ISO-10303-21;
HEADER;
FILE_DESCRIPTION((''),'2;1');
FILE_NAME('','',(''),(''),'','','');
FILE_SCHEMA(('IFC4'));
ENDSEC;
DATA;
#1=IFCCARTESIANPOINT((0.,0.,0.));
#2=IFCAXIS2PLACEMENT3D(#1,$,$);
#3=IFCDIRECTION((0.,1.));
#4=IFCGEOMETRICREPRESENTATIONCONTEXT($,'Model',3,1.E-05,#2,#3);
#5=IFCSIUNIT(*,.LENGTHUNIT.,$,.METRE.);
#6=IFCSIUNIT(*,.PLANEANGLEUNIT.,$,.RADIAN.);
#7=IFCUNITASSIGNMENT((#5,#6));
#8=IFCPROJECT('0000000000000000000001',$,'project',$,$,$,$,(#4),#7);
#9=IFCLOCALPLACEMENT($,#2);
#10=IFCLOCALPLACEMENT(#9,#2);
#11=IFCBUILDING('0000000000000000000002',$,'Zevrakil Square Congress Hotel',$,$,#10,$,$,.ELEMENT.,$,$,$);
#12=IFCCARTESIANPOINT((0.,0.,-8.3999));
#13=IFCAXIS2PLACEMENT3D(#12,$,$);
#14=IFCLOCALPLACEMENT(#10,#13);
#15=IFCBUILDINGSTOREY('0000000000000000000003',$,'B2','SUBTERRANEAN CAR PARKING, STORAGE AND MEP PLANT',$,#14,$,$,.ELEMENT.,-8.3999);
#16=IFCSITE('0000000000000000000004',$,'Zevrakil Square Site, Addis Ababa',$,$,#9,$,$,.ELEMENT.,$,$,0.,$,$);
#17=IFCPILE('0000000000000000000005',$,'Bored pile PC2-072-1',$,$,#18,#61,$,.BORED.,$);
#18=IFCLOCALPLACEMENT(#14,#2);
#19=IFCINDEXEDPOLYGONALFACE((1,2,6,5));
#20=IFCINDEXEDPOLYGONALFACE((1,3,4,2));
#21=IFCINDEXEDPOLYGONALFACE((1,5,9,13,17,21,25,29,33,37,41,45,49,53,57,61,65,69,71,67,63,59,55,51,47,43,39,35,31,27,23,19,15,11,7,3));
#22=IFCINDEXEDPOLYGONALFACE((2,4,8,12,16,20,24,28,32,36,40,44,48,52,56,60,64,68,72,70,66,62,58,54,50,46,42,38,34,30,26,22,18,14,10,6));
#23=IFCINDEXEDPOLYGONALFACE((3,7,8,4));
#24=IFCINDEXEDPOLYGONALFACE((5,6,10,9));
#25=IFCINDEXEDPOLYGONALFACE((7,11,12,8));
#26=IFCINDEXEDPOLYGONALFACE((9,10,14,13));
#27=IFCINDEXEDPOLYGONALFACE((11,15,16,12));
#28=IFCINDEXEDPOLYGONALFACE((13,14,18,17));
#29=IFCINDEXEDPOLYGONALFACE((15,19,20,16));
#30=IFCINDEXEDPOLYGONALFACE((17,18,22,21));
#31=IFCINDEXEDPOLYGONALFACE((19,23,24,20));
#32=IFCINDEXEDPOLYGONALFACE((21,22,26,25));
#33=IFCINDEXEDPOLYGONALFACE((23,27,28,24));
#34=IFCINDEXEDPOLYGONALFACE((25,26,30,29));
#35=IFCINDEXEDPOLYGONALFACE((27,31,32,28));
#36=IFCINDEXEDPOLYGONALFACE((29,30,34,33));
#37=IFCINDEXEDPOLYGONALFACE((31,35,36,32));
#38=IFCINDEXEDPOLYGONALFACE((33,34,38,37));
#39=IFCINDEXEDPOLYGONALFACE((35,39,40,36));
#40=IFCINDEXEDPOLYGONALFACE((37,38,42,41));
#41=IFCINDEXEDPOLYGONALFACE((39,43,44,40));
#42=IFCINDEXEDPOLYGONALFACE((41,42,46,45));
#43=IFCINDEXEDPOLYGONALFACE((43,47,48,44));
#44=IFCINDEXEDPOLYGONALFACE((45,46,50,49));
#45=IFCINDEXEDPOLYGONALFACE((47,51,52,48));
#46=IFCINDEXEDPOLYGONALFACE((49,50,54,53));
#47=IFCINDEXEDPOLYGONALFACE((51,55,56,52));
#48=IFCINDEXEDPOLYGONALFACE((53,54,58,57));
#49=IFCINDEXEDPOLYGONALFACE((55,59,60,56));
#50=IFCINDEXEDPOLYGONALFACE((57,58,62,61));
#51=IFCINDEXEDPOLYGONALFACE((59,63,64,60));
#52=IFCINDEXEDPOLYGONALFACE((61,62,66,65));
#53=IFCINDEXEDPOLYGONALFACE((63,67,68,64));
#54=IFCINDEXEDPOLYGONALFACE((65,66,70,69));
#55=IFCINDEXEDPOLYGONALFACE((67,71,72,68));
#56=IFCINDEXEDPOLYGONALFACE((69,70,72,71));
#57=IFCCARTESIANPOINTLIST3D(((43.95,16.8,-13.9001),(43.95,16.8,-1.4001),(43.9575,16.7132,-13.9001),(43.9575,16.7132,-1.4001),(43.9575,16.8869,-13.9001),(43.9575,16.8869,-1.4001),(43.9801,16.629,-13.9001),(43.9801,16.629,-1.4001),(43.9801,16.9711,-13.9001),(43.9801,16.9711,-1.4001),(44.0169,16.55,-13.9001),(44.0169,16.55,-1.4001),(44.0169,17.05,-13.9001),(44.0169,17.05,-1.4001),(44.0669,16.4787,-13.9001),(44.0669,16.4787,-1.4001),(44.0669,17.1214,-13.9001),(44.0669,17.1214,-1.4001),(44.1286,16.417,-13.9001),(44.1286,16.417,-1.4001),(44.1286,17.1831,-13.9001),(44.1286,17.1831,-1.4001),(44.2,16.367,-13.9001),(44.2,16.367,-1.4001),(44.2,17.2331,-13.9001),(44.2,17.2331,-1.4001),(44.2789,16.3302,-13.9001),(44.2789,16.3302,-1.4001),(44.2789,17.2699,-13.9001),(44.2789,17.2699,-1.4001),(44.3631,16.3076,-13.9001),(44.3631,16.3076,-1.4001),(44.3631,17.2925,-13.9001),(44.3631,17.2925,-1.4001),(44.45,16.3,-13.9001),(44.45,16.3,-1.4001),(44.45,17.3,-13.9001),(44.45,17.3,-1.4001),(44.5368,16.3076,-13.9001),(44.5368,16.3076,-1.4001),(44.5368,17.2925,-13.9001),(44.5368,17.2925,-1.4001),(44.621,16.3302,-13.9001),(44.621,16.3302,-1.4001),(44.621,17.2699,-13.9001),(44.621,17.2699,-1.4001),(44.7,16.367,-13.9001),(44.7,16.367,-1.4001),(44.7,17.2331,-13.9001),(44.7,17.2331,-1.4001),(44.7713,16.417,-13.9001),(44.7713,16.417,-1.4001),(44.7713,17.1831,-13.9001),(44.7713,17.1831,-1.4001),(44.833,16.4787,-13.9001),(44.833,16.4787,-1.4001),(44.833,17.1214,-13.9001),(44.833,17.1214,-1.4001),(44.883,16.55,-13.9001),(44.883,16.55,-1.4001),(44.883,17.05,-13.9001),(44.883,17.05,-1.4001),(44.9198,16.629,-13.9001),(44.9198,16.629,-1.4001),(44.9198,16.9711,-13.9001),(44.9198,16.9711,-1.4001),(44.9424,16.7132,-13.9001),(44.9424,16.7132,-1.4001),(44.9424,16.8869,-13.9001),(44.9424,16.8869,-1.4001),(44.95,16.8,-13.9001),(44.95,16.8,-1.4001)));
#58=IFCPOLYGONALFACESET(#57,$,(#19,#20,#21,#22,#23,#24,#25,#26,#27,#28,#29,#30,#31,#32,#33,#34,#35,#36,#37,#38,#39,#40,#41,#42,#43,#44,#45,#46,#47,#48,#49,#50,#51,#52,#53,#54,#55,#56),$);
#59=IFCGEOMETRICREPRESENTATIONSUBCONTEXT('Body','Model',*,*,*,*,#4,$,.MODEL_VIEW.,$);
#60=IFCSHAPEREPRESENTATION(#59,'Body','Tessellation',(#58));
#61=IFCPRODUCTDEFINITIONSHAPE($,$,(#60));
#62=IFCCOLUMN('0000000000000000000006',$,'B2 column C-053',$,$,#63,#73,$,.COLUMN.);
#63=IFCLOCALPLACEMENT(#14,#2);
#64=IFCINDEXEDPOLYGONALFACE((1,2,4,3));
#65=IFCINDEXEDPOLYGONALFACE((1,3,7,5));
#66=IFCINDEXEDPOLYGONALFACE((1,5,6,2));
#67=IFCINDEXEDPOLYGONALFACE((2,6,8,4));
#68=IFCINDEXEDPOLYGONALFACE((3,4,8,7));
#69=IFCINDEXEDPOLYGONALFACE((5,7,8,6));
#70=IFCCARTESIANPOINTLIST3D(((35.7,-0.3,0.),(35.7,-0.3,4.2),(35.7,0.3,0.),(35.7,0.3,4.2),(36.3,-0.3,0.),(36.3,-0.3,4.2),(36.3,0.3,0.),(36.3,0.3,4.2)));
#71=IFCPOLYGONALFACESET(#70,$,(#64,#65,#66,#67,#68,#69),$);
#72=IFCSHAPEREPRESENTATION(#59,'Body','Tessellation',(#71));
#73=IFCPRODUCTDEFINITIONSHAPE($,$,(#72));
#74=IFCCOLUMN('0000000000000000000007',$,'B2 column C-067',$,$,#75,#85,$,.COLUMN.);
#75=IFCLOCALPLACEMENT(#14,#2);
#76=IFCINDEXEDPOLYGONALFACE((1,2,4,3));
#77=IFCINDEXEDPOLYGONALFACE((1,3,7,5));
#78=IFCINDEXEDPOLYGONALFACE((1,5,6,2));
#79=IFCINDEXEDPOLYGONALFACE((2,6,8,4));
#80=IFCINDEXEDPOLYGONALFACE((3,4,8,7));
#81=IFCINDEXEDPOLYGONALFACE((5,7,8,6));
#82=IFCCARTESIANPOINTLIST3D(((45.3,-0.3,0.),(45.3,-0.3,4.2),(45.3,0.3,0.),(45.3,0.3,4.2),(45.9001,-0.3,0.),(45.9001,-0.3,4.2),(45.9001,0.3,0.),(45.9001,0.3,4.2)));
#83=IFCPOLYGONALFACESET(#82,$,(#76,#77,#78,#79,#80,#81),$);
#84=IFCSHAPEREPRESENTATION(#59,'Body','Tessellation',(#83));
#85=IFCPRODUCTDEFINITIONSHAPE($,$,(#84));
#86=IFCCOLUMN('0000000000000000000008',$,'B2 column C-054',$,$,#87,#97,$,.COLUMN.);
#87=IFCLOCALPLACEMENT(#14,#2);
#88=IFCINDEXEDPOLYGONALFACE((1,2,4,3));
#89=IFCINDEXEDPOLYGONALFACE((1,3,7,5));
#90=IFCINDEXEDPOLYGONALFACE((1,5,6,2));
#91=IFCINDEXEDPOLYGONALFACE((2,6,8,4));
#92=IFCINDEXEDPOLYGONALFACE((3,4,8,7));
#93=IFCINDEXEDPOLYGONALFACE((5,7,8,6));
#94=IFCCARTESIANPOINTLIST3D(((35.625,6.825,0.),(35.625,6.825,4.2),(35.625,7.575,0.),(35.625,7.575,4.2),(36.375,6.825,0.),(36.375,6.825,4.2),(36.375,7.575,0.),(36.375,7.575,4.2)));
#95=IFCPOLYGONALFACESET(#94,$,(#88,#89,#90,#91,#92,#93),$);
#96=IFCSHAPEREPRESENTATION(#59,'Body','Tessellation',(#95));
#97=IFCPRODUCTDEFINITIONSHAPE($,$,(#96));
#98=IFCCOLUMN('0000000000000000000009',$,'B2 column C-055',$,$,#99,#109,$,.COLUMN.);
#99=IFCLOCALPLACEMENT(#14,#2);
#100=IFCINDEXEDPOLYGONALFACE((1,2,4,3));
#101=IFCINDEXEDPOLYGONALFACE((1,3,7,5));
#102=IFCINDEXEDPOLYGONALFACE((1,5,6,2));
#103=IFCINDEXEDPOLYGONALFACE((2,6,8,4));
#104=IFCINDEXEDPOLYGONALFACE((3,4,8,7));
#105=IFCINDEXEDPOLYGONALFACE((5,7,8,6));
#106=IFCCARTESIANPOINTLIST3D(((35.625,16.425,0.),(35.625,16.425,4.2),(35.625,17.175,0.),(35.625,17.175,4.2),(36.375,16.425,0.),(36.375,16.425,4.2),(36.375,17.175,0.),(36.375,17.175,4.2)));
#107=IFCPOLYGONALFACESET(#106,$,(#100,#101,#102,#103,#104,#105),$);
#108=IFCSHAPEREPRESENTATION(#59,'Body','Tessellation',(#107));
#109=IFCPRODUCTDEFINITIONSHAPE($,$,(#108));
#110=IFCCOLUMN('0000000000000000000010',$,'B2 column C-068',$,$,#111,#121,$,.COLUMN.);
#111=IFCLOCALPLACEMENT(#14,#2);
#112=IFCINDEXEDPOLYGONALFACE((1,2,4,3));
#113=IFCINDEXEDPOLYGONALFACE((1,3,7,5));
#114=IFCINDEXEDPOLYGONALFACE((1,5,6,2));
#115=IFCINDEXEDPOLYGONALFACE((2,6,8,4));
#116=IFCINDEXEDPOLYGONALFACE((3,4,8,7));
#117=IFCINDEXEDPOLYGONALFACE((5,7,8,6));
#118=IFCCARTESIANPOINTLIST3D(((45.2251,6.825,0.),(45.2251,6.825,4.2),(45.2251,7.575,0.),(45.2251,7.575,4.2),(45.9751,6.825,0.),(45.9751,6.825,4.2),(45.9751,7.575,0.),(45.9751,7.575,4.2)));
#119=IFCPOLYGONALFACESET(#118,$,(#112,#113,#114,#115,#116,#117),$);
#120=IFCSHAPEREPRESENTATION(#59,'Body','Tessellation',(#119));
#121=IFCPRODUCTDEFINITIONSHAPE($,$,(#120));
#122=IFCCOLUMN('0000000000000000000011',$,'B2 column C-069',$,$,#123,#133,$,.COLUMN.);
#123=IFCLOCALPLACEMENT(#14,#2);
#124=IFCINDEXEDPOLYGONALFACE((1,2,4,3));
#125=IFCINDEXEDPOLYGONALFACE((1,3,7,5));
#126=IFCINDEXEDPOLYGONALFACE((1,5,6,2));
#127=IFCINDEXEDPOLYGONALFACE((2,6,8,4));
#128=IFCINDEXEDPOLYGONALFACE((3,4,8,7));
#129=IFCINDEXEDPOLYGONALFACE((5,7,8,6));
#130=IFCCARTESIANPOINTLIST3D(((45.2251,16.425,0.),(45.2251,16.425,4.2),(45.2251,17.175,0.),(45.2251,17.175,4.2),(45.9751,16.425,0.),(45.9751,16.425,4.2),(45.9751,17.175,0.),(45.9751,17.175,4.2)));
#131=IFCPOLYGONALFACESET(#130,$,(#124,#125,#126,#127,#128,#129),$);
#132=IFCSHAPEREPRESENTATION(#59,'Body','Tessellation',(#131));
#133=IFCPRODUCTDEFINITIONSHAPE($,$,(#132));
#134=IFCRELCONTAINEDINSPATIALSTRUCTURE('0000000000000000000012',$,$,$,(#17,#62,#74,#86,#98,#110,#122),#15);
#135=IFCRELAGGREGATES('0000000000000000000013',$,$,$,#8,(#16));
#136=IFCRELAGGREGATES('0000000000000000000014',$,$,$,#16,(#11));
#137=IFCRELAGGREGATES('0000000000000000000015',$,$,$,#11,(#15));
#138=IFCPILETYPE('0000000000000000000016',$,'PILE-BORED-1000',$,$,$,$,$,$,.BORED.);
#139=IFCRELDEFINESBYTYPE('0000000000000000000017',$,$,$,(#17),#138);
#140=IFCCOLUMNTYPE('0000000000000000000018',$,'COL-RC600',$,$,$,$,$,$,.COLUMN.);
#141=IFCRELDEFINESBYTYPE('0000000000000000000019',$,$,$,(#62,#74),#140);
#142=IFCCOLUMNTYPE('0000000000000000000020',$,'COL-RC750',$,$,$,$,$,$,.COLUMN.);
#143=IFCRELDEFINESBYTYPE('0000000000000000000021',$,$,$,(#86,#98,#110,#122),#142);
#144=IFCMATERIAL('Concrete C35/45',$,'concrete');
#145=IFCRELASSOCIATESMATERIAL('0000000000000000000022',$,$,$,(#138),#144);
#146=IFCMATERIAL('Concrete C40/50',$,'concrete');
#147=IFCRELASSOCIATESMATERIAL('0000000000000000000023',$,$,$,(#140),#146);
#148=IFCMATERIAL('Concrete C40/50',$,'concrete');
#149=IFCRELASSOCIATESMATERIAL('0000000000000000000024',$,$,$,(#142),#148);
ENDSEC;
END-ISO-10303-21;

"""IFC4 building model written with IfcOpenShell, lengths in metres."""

from ifc_helpers import new_model, si_unit, direction, frame, origin, origin_2d, place, context, subcontext, project, spatial, rectangle, circle, extrude, material, material_profile, profile_set, type_object, element, save


model = new_model("IFC4")

# Units and contexts
model_context = context("Model", 3, precision=1e-05, world=origin(), true_north=direction((0.0, 1.0)))
body_context = subcontext(model_context, "Body", "Model", "MODEL_VIEW")
ifc_project = project(units=[si_unit("LENGTHUNIT", "METRE"), si_unit("PLANEANGLEUNIT", "RADIAN")], contexts=[model_context])

# Site, building, storey
site_placement = place(None, origin())
site = spatial("IfcSite", under=ifc_project, at=site_placement, Name="Zevrakil Square Site, Addis Ababa", CompositionType="ELEMENT", RefElevation=0.0)
building_placement = place(site_placement, origin())
building = spatial("IfcBuilding", under=site, at=building_placement, Name="Zevrakil Square Congress Hotel", CompositionType="ELEMENT")
storey_placement = place(building_placement, frame((0.0, 0.0, -8.3999)))
storey = spatial("IfcBuildingStorey", under=building, at=storey_placement, Name="B2", Description="SUBTERRANEAN CAR PARKING, STORAGE AND MEP PLANT", CompositionType="ELEMENT", Elevation=-8.3999)

# Pile
ifc_material_1 = material(Name="Concrete C35/45", Category="concrete")
ifc_material_profile_1 = material_profile(ifc_material_1, circle(Radius=0.5, at=origin_2d()), Name="PILE D1000")
ifc_profile_set_1 = profile_set([ifc_material_profile_1], Name="Concrete C35/45")
pile_type = type_object("IfcPileType", Name="PILE-BORED-1000", PredefinedType="BORED", material=ifc_profile_set_1)
for number, where, z_axis, x_axis, name in (
    (1, (44.45, 16.8, -1.4001), (0.0, 0.0, -1.0), (1.0, 0.0, 0.0), "Bored pile PC2-072-1"),
):
    element("IfcPile", number, at=place(storey_placement, frame(where, z_axis=z_axis, x_axis=x_axis)), inside=storey, type_object=pile_type, Name=name, PredefinedType="BORED", context=body_context, shape_type="SweptSolid", body=[
        extrude(circle(Radius=0.5, at=origin_2d()), origin(), (0.0, 0.0, 1.0), 12.5),
    ])

# Columns
ifc_material_2 = material(Name="Concrete C40/50", Category="concrete")
ifc_material_profile_2 = material_profile(ifc_material_2, rectangle(XDim=0.6001, YDim=0.6001, at=origin_2d()), Name="RC 600x600")
ifc_profile_set_2 = profile_set([ifc_material_profile_2], Name="Concrete C40/50")
column_type_1 = type_object("IfcColumnType", Name="COL-RC600", PredefinedType="COLUMN", material=ifc_profile_set_2)
for number, where, z_axis, x_axis, name in (
    (2, (36.0, 0.0, 0.0), (0.0, 0.0, 1.0), (1.0, 0.0, 0.0), "B2 column C-053"),
    (3, (45.6001, 0.0, 0.0), (0.0, 0.0, 1.0), (1.0, 0.0, 0.0), "B2 column C-067"),
):
    element("IfcColumn", number, at=place(storey_placement, frame(where, z_axis=z_axis, x_axis=x_axis)), inside=storey, type_object=column_type_1, Name=name, PredefinedType="COLUMN", context=body_context, shape_type="SweptSolid", body=[
        extrude(rectangle(XDim=0.6001, YDim=0.6001, at=origin_2d()), origin(), (0.0, 0.0, 1.0), 4.2),
    ])
ifc_material_3 = material(Name="Concrete C40/50", Category="concrete")
ifc_material_profile_3 = material_profile(ifc_material_3, rectangle(XDim=0.75, YDim=0.75, at=origin_2d()), Name="RC 750x750")
ifc_profile_set_3 = profile_set([ifc_material_profile_3], Name="Concrete C40/50")
column_type_2 = type_object("IfcColumnType", Name="COL-RC750", PredefinedType="COLUMN", material=ifc_profile_set_3)
for number, where, z_axis, x_axis, name in (
    (4, (36.0, 7.2, 0.0), (0.0, 0.0, 1.0), (1.0, 0.0, 0.0), "B2 column C-054"),
    (5, (36.0, 16.8, 0.0), (0.0, 0.0, 1.0), (1.0, 0.0, 0.0), "B2 column C-055"),
    (6, (45.6001, 7.2, 0.0), (0.0, 0.0, 1.0), (1.0, 0.0, 0.0), "B2 column C-068"),
    (7, (45.6001, 16.8, 0.0), (0.0, 0.0, 1.0), (1.0, 0.0, 0.0), "B2 column C-069"),
):
    element("IfcColumn", number, at=place(storey_placement, frame(where, z_axis=z_axis, x_axis=x_axis)), inside=storey, type_object=column_type_2, Name=name, PredefinedType="COLUMN", context=body_context, shape_type="SweptSolid", body=[
        extrude(rectangle(XDim=0.75, YDim=0.75, at=origin_2d()), origin(), (0.0, 0.0, 1.0), 4.2),
    ])

save(model, "model.ifc")
